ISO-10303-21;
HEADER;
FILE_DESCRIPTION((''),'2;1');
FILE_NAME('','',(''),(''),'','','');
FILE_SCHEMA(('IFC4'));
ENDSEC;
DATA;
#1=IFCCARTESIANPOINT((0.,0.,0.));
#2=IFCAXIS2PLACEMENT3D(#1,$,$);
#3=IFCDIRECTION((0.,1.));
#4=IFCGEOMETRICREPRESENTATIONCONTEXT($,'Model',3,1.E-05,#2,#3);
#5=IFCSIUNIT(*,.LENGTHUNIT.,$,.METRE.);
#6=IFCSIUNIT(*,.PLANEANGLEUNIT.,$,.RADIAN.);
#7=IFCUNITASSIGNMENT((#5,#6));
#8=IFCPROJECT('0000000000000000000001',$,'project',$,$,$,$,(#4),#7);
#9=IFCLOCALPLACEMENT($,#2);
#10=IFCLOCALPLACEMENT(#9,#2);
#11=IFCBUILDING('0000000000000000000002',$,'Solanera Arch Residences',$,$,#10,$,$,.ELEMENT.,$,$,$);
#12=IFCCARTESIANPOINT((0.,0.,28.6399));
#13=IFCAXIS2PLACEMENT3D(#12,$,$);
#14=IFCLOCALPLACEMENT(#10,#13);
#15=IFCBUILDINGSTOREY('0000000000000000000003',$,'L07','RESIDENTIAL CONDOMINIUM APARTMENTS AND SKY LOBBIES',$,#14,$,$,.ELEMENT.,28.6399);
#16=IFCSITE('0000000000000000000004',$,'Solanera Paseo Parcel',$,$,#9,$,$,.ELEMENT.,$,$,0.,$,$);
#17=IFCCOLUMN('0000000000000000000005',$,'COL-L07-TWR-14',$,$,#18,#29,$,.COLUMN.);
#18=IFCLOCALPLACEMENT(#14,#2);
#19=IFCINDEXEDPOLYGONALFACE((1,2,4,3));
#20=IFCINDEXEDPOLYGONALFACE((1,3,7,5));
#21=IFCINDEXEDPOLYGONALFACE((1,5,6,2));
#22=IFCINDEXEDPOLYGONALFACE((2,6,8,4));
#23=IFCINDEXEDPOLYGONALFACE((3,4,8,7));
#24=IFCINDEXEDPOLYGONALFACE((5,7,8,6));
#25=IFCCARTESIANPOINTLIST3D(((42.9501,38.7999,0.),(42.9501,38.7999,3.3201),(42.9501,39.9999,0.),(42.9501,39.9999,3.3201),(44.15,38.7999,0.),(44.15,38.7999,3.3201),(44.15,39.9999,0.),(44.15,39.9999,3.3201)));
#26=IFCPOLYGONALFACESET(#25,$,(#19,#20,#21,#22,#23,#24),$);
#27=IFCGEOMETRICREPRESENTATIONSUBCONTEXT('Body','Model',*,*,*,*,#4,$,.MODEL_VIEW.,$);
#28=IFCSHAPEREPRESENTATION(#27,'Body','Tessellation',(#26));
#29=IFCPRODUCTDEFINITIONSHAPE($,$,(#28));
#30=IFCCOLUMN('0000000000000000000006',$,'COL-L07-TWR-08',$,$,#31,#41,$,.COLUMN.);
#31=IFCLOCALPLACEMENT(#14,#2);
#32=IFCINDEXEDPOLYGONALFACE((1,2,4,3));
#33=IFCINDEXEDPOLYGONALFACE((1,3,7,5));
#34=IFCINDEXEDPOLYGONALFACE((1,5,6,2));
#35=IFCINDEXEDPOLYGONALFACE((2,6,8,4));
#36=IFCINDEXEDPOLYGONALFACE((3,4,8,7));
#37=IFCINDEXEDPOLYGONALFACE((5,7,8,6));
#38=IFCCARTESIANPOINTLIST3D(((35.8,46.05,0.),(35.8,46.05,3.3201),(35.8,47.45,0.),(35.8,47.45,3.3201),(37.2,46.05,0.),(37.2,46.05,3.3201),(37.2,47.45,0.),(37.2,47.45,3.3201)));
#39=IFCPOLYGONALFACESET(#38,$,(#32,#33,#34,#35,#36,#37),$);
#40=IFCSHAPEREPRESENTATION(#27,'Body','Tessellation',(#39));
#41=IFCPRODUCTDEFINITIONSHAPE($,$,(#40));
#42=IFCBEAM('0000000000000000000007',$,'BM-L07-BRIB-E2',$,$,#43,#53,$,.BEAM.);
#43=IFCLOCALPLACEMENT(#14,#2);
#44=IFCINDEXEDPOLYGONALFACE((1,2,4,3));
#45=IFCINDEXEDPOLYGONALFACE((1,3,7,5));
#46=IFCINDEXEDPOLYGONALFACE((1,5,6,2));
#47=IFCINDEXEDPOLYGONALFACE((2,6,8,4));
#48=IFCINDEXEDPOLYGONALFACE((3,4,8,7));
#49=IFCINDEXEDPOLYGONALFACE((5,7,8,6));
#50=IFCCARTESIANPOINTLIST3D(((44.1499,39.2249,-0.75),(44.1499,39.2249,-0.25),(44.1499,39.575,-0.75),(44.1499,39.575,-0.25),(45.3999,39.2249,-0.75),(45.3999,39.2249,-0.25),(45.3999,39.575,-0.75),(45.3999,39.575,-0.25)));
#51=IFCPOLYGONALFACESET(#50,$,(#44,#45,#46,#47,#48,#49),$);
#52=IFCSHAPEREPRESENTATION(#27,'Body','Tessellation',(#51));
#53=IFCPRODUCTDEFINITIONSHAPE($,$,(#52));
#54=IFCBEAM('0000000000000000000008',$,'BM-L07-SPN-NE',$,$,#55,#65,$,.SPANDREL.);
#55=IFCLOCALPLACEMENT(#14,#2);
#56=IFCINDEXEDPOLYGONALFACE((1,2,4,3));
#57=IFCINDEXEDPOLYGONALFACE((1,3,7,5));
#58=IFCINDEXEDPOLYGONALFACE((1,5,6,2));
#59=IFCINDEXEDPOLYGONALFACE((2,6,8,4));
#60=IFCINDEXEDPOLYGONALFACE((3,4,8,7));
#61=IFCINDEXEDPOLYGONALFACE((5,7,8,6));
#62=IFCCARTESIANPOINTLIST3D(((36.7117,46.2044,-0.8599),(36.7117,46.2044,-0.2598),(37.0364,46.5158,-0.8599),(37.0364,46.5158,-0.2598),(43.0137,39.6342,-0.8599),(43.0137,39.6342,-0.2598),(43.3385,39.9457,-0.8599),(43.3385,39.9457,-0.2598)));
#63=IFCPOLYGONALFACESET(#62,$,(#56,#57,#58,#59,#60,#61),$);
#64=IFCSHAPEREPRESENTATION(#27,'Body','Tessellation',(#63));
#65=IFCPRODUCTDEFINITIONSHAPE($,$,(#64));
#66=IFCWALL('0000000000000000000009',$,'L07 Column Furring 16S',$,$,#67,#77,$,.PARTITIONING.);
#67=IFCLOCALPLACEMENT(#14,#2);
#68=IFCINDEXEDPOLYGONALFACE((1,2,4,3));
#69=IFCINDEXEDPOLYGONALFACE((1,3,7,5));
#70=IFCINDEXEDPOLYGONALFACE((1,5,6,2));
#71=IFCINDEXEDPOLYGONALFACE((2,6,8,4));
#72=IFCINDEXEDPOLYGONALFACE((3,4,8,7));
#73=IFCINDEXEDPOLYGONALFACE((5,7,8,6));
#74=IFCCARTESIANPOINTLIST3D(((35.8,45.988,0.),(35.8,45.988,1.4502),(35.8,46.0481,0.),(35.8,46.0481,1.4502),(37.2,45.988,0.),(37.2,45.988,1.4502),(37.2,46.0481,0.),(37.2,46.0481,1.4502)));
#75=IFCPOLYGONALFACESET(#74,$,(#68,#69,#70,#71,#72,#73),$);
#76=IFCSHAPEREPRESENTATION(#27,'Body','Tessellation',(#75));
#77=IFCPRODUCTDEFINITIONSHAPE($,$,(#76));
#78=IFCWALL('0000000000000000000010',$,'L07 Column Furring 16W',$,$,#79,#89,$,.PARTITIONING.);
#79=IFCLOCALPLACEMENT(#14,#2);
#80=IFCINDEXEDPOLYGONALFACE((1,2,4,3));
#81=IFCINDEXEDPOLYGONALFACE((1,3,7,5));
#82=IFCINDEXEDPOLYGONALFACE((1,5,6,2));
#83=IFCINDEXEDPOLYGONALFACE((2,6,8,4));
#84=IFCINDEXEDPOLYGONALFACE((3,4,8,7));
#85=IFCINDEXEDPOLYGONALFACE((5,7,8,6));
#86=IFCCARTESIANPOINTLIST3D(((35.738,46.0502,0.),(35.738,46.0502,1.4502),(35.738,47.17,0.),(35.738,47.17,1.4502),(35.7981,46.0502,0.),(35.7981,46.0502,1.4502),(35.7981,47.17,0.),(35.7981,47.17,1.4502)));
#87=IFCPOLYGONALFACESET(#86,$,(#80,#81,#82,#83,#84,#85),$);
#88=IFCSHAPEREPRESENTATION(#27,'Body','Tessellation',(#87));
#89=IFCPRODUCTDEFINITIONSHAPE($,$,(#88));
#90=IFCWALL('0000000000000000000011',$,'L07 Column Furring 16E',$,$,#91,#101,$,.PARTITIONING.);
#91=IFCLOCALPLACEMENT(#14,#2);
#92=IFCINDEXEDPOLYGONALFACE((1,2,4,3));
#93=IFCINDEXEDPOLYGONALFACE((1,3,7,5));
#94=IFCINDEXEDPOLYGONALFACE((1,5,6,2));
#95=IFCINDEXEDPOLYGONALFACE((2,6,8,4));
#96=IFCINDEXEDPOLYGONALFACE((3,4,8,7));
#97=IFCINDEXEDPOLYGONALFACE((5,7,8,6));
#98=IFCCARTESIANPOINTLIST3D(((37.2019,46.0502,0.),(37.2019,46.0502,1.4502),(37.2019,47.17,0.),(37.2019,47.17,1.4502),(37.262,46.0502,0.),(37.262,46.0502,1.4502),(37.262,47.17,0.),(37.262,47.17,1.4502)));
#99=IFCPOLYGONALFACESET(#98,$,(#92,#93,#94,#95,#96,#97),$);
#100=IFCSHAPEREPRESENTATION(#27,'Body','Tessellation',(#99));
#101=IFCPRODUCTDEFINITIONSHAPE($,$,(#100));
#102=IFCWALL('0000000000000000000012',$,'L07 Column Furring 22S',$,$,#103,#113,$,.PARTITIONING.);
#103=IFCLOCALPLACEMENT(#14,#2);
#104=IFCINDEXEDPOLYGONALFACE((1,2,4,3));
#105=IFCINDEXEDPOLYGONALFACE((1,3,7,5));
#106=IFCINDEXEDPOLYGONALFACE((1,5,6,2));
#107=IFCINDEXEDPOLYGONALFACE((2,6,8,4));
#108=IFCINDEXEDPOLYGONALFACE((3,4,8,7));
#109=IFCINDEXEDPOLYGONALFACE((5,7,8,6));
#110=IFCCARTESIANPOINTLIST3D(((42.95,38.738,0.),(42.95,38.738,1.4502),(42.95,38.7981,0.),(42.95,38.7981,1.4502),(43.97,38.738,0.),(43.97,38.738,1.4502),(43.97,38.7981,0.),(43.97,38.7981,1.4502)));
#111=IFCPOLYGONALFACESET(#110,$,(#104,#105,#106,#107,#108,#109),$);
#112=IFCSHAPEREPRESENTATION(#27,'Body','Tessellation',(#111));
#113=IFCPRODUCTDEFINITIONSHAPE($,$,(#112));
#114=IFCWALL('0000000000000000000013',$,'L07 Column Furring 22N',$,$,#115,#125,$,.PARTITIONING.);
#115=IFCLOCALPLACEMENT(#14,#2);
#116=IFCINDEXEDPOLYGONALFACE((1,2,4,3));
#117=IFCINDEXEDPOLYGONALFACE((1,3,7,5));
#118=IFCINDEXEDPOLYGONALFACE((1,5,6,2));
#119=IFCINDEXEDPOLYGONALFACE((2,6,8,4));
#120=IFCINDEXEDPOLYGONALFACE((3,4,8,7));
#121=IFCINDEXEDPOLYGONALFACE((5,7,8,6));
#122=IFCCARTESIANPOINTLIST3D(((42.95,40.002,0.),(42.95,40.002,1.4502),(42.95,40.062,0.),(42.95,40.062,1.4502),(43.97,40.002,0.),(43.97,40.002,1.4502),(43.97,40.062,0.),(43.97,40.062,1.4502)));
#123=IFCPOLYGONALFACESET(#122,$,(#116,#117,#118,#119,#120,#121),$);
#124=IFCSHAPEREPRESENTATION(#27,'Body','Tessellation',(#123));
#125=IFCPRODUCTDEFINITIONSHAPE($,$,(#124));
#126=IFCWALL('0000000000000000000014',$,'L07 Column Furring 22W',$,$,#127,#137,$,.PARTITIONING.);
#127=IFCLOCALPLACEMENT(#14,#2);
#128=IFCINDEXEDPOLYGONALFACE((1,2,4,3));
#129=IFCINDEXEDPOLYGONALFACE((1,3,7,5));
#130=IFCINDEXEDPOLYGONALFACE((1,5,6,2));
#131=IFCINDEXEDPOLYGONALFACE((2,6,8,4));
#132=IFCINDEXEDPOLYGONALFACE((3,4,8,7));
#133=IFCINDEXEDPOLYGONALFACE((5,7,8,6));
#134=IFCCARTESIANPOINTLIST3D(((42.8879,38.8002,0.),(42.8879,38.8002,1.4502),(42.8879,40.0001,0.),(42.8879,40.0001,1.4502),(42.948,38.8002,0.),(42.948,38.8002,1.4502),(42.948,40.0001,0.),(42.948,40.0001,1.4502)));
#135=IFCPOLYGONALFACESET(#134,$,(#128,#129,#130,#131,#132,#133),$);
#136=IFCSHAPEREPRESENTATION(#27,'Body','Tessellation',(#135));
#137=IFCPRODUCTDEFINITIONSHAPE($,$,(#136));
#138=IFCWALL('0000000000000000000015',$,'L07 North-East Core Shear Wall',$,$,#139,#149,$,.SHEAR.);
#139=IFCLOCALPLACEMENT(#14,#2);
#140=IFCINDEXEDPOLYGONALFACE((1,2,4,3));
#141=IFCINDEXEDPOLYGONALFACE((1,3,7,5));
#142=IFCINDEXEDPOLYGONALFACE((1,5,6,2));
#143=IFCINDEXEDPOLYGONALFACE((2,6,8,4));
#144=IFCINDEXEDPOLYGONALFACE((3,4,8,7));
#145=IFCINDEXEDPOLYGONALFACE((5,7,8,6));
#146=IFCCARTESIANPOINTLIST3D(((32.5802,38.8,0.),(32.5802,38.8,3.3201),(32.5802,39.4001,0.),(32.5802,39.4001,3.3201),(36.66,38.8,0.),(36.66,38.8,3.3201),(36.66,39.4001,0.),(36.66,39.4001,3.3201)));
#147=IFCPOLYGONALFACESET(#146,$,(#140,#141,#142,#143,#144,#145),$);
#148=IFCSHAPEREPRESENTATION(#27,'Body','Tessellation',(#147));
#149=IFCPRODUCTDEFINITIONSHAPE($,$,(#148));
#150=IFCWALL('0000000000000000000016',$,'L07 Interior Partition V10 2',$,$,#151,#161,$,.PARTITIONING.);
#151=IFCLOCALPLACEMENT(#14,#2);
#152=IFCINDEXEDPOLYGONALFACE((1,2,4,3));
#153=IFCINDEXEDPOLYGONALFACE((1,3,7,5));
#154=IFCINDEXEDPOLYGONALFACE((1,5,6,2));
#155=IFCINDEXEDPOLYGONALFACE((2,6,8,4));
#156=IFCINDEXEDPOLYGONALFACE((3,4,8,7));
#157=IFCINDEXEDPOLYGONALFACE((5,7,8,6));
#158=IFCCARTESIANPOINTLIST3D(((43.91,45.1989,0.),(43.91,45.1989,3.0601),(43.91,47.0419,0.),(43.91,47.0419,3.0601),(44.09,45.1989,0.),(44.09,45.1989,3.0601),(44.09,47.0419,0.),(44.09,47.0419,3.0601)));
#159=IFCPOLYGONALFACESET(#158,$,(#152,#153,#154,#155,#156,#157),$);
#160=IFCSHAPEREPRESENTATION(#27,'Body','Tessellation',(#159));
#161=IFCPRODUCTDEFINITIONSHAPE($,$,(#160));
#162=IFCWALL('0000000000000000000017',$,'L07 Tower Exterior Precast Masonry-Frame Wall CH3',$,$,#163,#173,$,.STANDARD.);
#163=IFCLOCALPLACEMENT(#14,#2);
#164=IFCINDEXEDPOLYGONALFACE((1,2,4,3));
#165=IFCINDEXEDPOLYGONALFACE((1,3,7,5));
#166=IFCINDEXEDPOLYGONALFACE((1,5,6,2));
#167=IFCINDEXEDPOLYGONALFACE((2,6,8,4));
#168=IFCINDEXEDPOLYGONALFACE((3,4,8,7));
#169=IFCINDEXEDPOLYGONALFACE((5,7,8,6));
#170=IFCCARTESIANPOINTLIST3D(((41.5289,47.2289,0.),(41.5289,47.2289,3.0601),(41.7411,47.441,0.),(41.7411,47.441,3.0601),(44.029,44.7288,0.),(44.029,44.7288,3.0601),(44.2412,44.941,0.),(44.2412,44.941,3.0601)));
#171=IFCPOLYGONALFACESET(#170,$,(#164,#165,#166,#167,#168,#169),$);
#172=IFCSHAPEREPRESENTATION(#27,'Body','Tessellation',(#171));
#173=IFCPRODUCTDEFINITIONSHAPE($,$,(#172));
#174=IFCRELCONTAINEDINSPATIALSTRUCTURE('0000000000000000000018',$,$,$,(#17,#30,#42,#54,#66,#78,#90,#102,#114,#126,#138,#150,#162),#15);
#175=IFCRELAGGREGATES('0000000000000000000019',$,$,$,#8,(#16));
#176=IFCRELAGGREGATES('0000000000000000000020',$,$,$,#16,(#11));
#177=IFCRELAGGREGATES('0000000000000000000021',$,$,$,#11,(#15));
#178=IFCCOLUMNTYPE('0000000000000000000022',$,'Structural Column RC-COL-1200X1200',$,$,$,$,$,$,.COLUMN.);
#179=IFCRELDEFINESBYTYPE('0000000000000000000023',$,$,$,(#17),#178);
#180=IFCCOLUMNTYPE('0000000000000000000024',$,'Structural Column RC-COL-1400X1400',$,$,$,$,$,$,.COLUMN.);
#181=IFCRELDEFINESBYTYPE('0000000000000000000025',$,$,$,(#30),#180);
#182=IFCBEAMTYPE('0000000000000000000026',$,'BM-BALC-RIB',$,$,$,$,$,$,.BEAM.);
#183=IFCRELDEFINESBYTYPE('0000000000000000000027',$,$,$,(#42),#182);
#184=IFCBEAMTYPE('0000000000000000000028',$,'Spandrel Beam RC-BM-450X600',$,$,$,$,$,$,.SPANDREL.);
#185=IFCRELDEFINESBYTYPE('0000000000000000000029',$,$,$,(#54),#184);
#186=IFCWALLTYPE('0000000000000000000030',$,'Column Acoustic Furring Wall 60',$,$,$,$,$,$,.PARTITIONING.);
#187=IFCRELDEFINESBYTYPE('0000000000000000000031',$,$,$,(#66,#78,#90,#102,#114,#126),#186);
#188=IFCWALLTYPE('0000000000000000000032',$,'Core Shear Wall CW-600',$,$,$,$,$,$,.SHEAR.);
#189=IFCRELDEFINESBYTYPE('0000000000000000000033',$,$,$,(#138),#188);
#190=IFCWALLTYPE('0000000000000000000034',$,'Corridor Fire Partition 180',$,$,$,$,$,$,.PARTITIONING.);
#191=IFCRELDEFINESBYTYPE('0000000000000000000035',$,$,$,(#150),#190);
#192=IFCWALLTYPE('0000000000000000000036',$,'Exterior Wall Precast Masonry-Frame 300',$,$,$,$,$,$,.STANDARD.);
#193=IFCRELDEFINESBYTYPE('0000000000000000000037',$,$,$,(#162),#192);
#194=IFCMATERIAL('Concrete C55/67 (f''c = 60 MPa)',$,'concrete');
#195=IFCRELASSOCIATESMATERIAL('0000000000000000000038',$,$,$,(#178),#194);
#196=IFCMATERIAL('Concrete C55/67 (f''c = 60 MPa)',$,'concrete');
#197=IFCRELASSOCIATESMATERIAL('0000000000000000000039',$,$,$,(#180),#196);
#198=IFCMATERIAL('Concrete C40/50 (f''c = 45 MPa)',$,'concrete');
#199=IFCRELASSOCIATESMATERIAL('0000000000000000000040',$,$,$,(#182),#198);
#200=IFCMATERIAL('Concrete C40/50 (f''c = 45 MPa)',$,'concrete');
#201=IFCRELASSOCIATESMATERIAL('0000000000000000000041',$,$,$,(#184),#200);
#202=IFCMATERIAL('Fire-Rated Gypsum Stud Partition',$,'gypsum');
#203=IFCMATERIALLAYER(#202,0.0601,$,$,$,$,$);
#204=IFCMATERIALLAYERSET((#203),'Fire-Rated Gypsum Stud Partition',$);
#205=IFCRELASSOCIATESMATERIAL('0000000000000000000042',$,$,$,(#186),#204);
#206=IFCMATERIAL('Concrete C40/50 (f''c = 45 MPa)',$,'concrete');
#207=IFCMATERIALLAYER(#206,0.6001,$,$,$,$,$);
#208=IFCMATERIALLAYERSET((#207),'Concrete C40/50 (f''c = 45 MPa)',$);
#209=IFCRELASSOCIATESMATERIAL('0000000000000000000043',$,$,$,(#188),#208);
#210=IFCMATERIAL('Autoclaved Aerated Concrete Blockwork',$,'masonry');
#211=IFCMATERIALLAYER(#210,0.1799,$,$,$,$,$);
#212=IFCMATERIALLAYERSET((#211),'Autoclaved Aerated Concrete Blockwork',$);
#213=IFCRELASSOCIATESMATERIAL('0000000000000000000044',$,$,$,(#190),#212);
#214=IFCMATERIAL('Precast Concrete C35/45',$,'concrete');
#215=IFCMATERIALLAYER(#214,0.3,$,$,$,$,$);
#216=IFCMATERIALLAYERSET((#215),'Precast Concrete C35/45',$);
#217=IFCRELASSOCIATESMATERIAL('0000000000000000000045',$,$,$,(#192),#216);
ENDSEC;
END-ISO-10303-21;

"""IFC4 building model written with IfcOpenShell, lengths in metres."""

from ifc_helpers import new_model, si_unit, direction, frame, frame_2d, origin, origin_2d, place, context, subcontext, project, spatial, rectangle, extrude, material, layer, layer_set, material_profile, profile_set, type_object, element, save


model = new_model("IFC4")

# Units and contexts
model_context = context("Model", 3, precision=1e-05, world=origin(), true_north=direction((0.0, 1.0)))
body_context = subcontext(model_context, "Body", "Model", "MODEL_VIEW")
ifc_project = project(units=[si_unit("LENGTHUNIT", "METRE"), si_unit("PLANEANGLEUNIT", "RADIAN")], contexts=[model_context])

# Site, building, storey
site_placement = place(None, origin())
site = spatial("IfcSite", under=ifc_project, at=site_placement, Name="Solanera Paseo Parcel", CompositionType="ELEMENT", RefElevation=0.0)
building_placement = place(site_placement, origin())
building = spatial("IfcBuilding", under=site, at=building_placement, Name="Solanera Arch Residences", CompositionType="ELEMENT")
storey_placement = place(building_placement, frame((0.0, 0.0, 28.6399)))
storey = spatial("IfcBuildingStorey", under=building, at=storey_placement, Name="L07", Description="RESIDENTIAL CONDOMINIUM APARTMENTS AND SKY LOBBIES", CompositionType="ELEMENT", Elevation=28.6399)

# Columns
ifc_material_1 = material(Name="Concrete C55/67 (f'c = 60 MPa)", Category="concrete")
ifc_material_profile_1 = material_profile(ifc_material_1, rectangle(XDim=1.2, YDim=1.2, at=origin_2d()))
ifc_profile_set_1 = profile_set([ifc_material_profile_1], Name="Concrete C55/67 (f'c = 60 MPa)")
column_type_1 = type_object("IfcColumnType", Name="Structural Column RC-COL-1200X1200", PredefinedType="COLUMN", material=ifc_profile_set_1)
column_1_placement = place(storey_placement, frame((43.55, 39.3999, 0.0), z_axis=(0.0, 0.0, 1.0), x_axis=(1.0, 0.0, 0.0)))
element("IfcColumn", 1, at=column_1_placement, inside=storey, type_object=column_type_1, Name="COL-L07-TWR-14", PredefinedType="COLUMN", context=body_context, shape_type="SweptSolid", body=[
    extrude(rectangle(XDim=1.2, YDim=1.2, at=origin_2d()), origin(), (0.0, 0.0, 1.0), 3.3201),
])
ifc_material_2 = material(Name="Concrete C55/67 (f'c = 60 MPa)", Category="concrete")
ifc_material_profile_2 = material_profile(ifc_material_2, rectangle(XDim=1.3999, YDim=1.3999, at=origin_2d()))
ifc_profile_set_2 = profile_set([ifc_material_profile_2], Name="Concrete C55/67 (f'c = 60 MPa)")
column_type_2 = type_object("IfcColumnType", Name="Structural Column RC-COL-1400X1400", PredefinedType="COLUMN", material=ifc_profile_set_2)
column_2_placement = place(storey_placement, frame((36.5, 46.75, 0.0), z_axis=(0.0, 0.0, 1.0), x_axis=(1.0, 0.0, 0.0)))
element("IfcColumn", 2, at=column_2_placement, inside=storey, type_object=column_type_2, Name="COL-L07-TWR-08", PredefinedType="COLUMN", context=body_context, shape_type="SweptSolid", body=[
    extrude(rectangle(XDim=1.3999, YDim=1.3999, at=origin_2d()), origin(), (0.0, 0.0, 1.0), 3.3201),
])

# Beams
ifc_material_3 = material(Name="Concrete C40/50 (f'c = 45 MPa)", Category="concrete")
ifc_material_profile_3 = material_profile(ifc_material_3, rectangle(XDim=0.3501, YDim=0.5, at=origin_2d()))
ifc_profile_set_3 = profile_set([ifc_material_profile_3], Name="Concrete C40/50 (f'c = 45 MPa)")
beam_type_1 = type_object("IfcBeamType", Name="BM-BALC-RIB", PredefinedType="BEAM", material=ifc_profile_set_3)
beam_1_placement = place(storey_placement, frame((44.1499, 39.3999, -0.5), z_axis=(1.0, 0.0, 0.0), x_axis=(0.0, 1.0, 0.0)))
element("IfcBeam", 3, at=beam_1_placement, inside=storey, type_object=beam_type_1, Name="BM-L07-BRIB-E2", PredefinedType="BEAM", context=body_context, shape_type="SweptSolid", body=[
    extrude(rectangle(XDim=0.3501, YDim=0.5, at=origin_2d()), origin(), (0.0, 0.0, 1.0), 1.25),
])
ifc_material_4 = material(Name="Concrete C40/50 (f'c = 45 MPa)", Category="concrete")
ifc_material_profile_4 = material_profile(ifc_material_4, rectangle(XDim=0.45, YDim=0.6001, at=origin_2d()))
ifc_profile_set_4 = profile_set([ifc_material_profile_4], Name="Concrete C40/50 (f'c = 45 MPa)")
beam_type_2 = type_object("IfcBeamType", Name="Spandrel Beam RC-BM-450X600", PredefinedType="SPANDREL", material=ifc_profile_set_4)
beam_2_placement = place(storey_placement, frame((36.874, 46.3601, -0.5598), z_axis=(0.692231, -0.721676, 0.0), x_axis=(0.721676, 0.692231, 0.0)))
element("IfcBeam", 4, at=beam_2_placement, inside=storey, type_object=beam_type_2, Name="BM-L07-SPN-NE", PredefinedType="SPANDREL", context=body_context, shape_type="SweptSolid", body=[
    extrude(rectangle(XDim=0.45, YDim=0.6001, at=origin_2d()), origin(), (0.0, 0.0, 1.0), 9.104),
])

# Walls
ifc_material_5 = material(Name="Fire-Rated Gypsum Stud Partition", Category="gypsum")
ifc_layer_1 = layer(ifc_material_5, 0.0601)
ifc_layer_set_1 = layer_set([ifc_layer_1], Name="Fire-Rated Gypsum Stud Partition")
wall_type_1 = type_object("IfcWallType", Name="Column Acoustic Furring Wall 60", PredefinedType="PARTITIONING", material=ifc_layer_set_1)
wall_1_placement = place(storey_placement, frame((35.8, 46.0181, 0.0), z_axis=(0.0, 0.0, 1.0), x_axis=(1.0, 0.0, 0.0)))
element("IfcWall", 5, at=wall_1_placement, inside=storey, type_object=wall_type_1, Name="L07 Column Furring 16S", PredefinedType="PARTITIONING", context=body_context, shape_type="SweptSolid", body=[
    extrude(rectangle(XDim=1.3999, YDim=0.0601, at=frame_2d((0.7, 0.0))), origin(), (0.0, 0.0, 1.0), 1.4502),
])
for number, where, z_axis, x_axis, name in (
    (6, (35.7681, 46.05, 0.0), (0.0, 0.0, 1.0), (0.0, 1.0, 0.0), "L07 Column Furring 16W"),
    (7, (37.2319, 46.05, 0.0), (0.0, 0.0, 1.0), (0.0, 1.0, 0.0), "L07 Column Furring 16E"),
):
    element("IfcWall", number, at=place(storey_placement, frame(where, z_axis=z_axis, x_axis=x_axis)), inside=storey, type_object=wall_type_1, Name=name, PredefinedType="PARTITIONING", context=body_context, shape_type="SweptSolid", body=[
        extrude(rectangle(XDim=1.1199, YDim=0.0601, at=frame_2d((0.5601, 0.0))), origin(), (0.0, 0.0, 1.0), 1.4502),
    ])
for number, where, z_axis, x_axis, name in (
    (8, (42.95, 38.7681, 0.0), (0.0, 0.0, 1.0), (1.0, 0.0, 0.0), "L07 Column Furring 22S"),
    (9, (42.95, 40.032, 0.0), (0.0, 0.0, 1.0), (1.0, 0.0, 0.0), "L07 Column Furring 22N"),
):
    element("IfcWall", number, at=place(storey_placement, frame(where, z_axis=z_axis, x_axis=x_axis)), inside=storey, type_object=wall_type_1, Name=name, PredefinedType="PARTITIONING", context=body_context, shape_type="SweptSolid", body=[
        extrude(rectangle(XDim=1.02, YDim=0.0601, at=frame_2d((0.51, 0.0))), origin(), (0.0, 0.0, 1.0), 1.4502),
    ])
wall_2_placement = place(storey_placement, frame((42.918, 38.8, 0.0), z_axis=(0.0, 0.0, 1.0), x_axis=(0.0, 1.0, 0.0)))
element("IfcWall", 10, at=wall_2_placement, inside=storey, type_object=wall_type_1, Name="L07 Column Furring 22W", PredefinedType="PARTITIONING", context=body_context, shape_type="SweptSolid", body=[
    extrude(rectangle(XDim=1.2, YDim=0.0601, at=frame_2d((0.6001, 0.0))), origin(), (0.0, 0.0, 1.0), 1.4502),
])
ifc_material_6 = material(Name="Concrete C40/50 (f'c = 45 MPa)", Category="concrete")
ifc_layer_2 = layer(ifc_material_6, 0.6001)
ifc_layer_set_2 = layer_set([ifc_layer_2], Name="Concrete C40/50 (f'c = 45 MPa)")
wall_type_2 = type_object("IfcWallType", Name="Core Shear Wall CW-600", PredefinedType="SHEAR", material=ifc_layer_set_2)
wall_3_placement = place(storey_placement, frame((32.5801, 39.1001, 0.0), z_axis=(0.0, 0.0, 1.0), x_axis=(1.0, 0.0, 0.0)))
element("IfcWall", 11, at=wall_3_placement, inside=storey, type_object=wall_type_2, Name="L07 North-East Core Shear Wall", PredefinedType="SHEAR", context=body_context, shape_type="SweptSolid", body=[
    extrude(rectangle(XDim=4.0798, YDim=0.6001, at=frame_2d((2.04, 0.0))), origin(), (0.0, 0.0, 1.0), 3.3201),
])
ifc_material_7 = material(Name="Autoclaved Aerated Concrete Blockwork", Category="masonry")
ifc_layer_3 = layer(ifc_material_7, 0.1799)
ifc_layer_set_3 = layer_set([ifc_layer_3], Name="Autoclaved Aerated Concrete Blockwork")
wall_type_3 = type_object("IfcWallType", Name="Corridor Fire Partition 180", PredefinedType="PARTITIONING", material=ifc_layer_set_3)
wall_4_placement = place(storey_placement, frame((44.0, 45.199, 0.0), z_axis=(0.0, 0.0, 1.0), x_axis=(0.0, 1.0, 0.0)))
element("IfcWall", 12, at=wall_4_placement, inside=storey, type_object=wall_type_3, Name="L07 Interior Partition V10 2", PredefinedType="PARTITIONING", context=body_context, shape_type="SweptSolid", body=[
    extrude(rectangle(XDim=1.843, YDim=0.1799, at=frame_2d((0.9214, 0.0))), origin(), (0.0, 0.0, 1.0), 3.0601),
])
ifc_material_8 = material(Name="Precast Concrete C35/45", Category="concrete")
ifc_layer_4 = layer(ifc_material_8, 0.3)
ifc_layer_set_4 = layer_set([ifc_layer_4], Name="Precast Concrete C35/45")
wall_type_4 = type_object("IfcWallType", Name="Exterior Wall Precast Masonry-Frame 300", PredefinedType="STANDARD", material=ifc_layer_set_4)
wall_5_placement = place(storey_placement, frame((41.635, 47.335, 0.0), z_axis=(0.0, 0.0, 1.0), x_axis=(0.707107, -0.707107, 0.0)))
element("IfcWall", 13, at=wall_5_placement, inside=storey, type_object=wall_type_4, Name="L07 Tower Exterior Precast Masonry-Frame Wall CH3", PredefinedType="STANDARD", context=body_context, shape_type="SweptSolid", body=[
    extrude(rectangle(XDim=3.5356, YDim=0.3, at=frame_2d((1.7678, 0.0))), origin(), (0.0, 0.0, 1.0), 3.0601),
])

save(model, "model.ifc")
